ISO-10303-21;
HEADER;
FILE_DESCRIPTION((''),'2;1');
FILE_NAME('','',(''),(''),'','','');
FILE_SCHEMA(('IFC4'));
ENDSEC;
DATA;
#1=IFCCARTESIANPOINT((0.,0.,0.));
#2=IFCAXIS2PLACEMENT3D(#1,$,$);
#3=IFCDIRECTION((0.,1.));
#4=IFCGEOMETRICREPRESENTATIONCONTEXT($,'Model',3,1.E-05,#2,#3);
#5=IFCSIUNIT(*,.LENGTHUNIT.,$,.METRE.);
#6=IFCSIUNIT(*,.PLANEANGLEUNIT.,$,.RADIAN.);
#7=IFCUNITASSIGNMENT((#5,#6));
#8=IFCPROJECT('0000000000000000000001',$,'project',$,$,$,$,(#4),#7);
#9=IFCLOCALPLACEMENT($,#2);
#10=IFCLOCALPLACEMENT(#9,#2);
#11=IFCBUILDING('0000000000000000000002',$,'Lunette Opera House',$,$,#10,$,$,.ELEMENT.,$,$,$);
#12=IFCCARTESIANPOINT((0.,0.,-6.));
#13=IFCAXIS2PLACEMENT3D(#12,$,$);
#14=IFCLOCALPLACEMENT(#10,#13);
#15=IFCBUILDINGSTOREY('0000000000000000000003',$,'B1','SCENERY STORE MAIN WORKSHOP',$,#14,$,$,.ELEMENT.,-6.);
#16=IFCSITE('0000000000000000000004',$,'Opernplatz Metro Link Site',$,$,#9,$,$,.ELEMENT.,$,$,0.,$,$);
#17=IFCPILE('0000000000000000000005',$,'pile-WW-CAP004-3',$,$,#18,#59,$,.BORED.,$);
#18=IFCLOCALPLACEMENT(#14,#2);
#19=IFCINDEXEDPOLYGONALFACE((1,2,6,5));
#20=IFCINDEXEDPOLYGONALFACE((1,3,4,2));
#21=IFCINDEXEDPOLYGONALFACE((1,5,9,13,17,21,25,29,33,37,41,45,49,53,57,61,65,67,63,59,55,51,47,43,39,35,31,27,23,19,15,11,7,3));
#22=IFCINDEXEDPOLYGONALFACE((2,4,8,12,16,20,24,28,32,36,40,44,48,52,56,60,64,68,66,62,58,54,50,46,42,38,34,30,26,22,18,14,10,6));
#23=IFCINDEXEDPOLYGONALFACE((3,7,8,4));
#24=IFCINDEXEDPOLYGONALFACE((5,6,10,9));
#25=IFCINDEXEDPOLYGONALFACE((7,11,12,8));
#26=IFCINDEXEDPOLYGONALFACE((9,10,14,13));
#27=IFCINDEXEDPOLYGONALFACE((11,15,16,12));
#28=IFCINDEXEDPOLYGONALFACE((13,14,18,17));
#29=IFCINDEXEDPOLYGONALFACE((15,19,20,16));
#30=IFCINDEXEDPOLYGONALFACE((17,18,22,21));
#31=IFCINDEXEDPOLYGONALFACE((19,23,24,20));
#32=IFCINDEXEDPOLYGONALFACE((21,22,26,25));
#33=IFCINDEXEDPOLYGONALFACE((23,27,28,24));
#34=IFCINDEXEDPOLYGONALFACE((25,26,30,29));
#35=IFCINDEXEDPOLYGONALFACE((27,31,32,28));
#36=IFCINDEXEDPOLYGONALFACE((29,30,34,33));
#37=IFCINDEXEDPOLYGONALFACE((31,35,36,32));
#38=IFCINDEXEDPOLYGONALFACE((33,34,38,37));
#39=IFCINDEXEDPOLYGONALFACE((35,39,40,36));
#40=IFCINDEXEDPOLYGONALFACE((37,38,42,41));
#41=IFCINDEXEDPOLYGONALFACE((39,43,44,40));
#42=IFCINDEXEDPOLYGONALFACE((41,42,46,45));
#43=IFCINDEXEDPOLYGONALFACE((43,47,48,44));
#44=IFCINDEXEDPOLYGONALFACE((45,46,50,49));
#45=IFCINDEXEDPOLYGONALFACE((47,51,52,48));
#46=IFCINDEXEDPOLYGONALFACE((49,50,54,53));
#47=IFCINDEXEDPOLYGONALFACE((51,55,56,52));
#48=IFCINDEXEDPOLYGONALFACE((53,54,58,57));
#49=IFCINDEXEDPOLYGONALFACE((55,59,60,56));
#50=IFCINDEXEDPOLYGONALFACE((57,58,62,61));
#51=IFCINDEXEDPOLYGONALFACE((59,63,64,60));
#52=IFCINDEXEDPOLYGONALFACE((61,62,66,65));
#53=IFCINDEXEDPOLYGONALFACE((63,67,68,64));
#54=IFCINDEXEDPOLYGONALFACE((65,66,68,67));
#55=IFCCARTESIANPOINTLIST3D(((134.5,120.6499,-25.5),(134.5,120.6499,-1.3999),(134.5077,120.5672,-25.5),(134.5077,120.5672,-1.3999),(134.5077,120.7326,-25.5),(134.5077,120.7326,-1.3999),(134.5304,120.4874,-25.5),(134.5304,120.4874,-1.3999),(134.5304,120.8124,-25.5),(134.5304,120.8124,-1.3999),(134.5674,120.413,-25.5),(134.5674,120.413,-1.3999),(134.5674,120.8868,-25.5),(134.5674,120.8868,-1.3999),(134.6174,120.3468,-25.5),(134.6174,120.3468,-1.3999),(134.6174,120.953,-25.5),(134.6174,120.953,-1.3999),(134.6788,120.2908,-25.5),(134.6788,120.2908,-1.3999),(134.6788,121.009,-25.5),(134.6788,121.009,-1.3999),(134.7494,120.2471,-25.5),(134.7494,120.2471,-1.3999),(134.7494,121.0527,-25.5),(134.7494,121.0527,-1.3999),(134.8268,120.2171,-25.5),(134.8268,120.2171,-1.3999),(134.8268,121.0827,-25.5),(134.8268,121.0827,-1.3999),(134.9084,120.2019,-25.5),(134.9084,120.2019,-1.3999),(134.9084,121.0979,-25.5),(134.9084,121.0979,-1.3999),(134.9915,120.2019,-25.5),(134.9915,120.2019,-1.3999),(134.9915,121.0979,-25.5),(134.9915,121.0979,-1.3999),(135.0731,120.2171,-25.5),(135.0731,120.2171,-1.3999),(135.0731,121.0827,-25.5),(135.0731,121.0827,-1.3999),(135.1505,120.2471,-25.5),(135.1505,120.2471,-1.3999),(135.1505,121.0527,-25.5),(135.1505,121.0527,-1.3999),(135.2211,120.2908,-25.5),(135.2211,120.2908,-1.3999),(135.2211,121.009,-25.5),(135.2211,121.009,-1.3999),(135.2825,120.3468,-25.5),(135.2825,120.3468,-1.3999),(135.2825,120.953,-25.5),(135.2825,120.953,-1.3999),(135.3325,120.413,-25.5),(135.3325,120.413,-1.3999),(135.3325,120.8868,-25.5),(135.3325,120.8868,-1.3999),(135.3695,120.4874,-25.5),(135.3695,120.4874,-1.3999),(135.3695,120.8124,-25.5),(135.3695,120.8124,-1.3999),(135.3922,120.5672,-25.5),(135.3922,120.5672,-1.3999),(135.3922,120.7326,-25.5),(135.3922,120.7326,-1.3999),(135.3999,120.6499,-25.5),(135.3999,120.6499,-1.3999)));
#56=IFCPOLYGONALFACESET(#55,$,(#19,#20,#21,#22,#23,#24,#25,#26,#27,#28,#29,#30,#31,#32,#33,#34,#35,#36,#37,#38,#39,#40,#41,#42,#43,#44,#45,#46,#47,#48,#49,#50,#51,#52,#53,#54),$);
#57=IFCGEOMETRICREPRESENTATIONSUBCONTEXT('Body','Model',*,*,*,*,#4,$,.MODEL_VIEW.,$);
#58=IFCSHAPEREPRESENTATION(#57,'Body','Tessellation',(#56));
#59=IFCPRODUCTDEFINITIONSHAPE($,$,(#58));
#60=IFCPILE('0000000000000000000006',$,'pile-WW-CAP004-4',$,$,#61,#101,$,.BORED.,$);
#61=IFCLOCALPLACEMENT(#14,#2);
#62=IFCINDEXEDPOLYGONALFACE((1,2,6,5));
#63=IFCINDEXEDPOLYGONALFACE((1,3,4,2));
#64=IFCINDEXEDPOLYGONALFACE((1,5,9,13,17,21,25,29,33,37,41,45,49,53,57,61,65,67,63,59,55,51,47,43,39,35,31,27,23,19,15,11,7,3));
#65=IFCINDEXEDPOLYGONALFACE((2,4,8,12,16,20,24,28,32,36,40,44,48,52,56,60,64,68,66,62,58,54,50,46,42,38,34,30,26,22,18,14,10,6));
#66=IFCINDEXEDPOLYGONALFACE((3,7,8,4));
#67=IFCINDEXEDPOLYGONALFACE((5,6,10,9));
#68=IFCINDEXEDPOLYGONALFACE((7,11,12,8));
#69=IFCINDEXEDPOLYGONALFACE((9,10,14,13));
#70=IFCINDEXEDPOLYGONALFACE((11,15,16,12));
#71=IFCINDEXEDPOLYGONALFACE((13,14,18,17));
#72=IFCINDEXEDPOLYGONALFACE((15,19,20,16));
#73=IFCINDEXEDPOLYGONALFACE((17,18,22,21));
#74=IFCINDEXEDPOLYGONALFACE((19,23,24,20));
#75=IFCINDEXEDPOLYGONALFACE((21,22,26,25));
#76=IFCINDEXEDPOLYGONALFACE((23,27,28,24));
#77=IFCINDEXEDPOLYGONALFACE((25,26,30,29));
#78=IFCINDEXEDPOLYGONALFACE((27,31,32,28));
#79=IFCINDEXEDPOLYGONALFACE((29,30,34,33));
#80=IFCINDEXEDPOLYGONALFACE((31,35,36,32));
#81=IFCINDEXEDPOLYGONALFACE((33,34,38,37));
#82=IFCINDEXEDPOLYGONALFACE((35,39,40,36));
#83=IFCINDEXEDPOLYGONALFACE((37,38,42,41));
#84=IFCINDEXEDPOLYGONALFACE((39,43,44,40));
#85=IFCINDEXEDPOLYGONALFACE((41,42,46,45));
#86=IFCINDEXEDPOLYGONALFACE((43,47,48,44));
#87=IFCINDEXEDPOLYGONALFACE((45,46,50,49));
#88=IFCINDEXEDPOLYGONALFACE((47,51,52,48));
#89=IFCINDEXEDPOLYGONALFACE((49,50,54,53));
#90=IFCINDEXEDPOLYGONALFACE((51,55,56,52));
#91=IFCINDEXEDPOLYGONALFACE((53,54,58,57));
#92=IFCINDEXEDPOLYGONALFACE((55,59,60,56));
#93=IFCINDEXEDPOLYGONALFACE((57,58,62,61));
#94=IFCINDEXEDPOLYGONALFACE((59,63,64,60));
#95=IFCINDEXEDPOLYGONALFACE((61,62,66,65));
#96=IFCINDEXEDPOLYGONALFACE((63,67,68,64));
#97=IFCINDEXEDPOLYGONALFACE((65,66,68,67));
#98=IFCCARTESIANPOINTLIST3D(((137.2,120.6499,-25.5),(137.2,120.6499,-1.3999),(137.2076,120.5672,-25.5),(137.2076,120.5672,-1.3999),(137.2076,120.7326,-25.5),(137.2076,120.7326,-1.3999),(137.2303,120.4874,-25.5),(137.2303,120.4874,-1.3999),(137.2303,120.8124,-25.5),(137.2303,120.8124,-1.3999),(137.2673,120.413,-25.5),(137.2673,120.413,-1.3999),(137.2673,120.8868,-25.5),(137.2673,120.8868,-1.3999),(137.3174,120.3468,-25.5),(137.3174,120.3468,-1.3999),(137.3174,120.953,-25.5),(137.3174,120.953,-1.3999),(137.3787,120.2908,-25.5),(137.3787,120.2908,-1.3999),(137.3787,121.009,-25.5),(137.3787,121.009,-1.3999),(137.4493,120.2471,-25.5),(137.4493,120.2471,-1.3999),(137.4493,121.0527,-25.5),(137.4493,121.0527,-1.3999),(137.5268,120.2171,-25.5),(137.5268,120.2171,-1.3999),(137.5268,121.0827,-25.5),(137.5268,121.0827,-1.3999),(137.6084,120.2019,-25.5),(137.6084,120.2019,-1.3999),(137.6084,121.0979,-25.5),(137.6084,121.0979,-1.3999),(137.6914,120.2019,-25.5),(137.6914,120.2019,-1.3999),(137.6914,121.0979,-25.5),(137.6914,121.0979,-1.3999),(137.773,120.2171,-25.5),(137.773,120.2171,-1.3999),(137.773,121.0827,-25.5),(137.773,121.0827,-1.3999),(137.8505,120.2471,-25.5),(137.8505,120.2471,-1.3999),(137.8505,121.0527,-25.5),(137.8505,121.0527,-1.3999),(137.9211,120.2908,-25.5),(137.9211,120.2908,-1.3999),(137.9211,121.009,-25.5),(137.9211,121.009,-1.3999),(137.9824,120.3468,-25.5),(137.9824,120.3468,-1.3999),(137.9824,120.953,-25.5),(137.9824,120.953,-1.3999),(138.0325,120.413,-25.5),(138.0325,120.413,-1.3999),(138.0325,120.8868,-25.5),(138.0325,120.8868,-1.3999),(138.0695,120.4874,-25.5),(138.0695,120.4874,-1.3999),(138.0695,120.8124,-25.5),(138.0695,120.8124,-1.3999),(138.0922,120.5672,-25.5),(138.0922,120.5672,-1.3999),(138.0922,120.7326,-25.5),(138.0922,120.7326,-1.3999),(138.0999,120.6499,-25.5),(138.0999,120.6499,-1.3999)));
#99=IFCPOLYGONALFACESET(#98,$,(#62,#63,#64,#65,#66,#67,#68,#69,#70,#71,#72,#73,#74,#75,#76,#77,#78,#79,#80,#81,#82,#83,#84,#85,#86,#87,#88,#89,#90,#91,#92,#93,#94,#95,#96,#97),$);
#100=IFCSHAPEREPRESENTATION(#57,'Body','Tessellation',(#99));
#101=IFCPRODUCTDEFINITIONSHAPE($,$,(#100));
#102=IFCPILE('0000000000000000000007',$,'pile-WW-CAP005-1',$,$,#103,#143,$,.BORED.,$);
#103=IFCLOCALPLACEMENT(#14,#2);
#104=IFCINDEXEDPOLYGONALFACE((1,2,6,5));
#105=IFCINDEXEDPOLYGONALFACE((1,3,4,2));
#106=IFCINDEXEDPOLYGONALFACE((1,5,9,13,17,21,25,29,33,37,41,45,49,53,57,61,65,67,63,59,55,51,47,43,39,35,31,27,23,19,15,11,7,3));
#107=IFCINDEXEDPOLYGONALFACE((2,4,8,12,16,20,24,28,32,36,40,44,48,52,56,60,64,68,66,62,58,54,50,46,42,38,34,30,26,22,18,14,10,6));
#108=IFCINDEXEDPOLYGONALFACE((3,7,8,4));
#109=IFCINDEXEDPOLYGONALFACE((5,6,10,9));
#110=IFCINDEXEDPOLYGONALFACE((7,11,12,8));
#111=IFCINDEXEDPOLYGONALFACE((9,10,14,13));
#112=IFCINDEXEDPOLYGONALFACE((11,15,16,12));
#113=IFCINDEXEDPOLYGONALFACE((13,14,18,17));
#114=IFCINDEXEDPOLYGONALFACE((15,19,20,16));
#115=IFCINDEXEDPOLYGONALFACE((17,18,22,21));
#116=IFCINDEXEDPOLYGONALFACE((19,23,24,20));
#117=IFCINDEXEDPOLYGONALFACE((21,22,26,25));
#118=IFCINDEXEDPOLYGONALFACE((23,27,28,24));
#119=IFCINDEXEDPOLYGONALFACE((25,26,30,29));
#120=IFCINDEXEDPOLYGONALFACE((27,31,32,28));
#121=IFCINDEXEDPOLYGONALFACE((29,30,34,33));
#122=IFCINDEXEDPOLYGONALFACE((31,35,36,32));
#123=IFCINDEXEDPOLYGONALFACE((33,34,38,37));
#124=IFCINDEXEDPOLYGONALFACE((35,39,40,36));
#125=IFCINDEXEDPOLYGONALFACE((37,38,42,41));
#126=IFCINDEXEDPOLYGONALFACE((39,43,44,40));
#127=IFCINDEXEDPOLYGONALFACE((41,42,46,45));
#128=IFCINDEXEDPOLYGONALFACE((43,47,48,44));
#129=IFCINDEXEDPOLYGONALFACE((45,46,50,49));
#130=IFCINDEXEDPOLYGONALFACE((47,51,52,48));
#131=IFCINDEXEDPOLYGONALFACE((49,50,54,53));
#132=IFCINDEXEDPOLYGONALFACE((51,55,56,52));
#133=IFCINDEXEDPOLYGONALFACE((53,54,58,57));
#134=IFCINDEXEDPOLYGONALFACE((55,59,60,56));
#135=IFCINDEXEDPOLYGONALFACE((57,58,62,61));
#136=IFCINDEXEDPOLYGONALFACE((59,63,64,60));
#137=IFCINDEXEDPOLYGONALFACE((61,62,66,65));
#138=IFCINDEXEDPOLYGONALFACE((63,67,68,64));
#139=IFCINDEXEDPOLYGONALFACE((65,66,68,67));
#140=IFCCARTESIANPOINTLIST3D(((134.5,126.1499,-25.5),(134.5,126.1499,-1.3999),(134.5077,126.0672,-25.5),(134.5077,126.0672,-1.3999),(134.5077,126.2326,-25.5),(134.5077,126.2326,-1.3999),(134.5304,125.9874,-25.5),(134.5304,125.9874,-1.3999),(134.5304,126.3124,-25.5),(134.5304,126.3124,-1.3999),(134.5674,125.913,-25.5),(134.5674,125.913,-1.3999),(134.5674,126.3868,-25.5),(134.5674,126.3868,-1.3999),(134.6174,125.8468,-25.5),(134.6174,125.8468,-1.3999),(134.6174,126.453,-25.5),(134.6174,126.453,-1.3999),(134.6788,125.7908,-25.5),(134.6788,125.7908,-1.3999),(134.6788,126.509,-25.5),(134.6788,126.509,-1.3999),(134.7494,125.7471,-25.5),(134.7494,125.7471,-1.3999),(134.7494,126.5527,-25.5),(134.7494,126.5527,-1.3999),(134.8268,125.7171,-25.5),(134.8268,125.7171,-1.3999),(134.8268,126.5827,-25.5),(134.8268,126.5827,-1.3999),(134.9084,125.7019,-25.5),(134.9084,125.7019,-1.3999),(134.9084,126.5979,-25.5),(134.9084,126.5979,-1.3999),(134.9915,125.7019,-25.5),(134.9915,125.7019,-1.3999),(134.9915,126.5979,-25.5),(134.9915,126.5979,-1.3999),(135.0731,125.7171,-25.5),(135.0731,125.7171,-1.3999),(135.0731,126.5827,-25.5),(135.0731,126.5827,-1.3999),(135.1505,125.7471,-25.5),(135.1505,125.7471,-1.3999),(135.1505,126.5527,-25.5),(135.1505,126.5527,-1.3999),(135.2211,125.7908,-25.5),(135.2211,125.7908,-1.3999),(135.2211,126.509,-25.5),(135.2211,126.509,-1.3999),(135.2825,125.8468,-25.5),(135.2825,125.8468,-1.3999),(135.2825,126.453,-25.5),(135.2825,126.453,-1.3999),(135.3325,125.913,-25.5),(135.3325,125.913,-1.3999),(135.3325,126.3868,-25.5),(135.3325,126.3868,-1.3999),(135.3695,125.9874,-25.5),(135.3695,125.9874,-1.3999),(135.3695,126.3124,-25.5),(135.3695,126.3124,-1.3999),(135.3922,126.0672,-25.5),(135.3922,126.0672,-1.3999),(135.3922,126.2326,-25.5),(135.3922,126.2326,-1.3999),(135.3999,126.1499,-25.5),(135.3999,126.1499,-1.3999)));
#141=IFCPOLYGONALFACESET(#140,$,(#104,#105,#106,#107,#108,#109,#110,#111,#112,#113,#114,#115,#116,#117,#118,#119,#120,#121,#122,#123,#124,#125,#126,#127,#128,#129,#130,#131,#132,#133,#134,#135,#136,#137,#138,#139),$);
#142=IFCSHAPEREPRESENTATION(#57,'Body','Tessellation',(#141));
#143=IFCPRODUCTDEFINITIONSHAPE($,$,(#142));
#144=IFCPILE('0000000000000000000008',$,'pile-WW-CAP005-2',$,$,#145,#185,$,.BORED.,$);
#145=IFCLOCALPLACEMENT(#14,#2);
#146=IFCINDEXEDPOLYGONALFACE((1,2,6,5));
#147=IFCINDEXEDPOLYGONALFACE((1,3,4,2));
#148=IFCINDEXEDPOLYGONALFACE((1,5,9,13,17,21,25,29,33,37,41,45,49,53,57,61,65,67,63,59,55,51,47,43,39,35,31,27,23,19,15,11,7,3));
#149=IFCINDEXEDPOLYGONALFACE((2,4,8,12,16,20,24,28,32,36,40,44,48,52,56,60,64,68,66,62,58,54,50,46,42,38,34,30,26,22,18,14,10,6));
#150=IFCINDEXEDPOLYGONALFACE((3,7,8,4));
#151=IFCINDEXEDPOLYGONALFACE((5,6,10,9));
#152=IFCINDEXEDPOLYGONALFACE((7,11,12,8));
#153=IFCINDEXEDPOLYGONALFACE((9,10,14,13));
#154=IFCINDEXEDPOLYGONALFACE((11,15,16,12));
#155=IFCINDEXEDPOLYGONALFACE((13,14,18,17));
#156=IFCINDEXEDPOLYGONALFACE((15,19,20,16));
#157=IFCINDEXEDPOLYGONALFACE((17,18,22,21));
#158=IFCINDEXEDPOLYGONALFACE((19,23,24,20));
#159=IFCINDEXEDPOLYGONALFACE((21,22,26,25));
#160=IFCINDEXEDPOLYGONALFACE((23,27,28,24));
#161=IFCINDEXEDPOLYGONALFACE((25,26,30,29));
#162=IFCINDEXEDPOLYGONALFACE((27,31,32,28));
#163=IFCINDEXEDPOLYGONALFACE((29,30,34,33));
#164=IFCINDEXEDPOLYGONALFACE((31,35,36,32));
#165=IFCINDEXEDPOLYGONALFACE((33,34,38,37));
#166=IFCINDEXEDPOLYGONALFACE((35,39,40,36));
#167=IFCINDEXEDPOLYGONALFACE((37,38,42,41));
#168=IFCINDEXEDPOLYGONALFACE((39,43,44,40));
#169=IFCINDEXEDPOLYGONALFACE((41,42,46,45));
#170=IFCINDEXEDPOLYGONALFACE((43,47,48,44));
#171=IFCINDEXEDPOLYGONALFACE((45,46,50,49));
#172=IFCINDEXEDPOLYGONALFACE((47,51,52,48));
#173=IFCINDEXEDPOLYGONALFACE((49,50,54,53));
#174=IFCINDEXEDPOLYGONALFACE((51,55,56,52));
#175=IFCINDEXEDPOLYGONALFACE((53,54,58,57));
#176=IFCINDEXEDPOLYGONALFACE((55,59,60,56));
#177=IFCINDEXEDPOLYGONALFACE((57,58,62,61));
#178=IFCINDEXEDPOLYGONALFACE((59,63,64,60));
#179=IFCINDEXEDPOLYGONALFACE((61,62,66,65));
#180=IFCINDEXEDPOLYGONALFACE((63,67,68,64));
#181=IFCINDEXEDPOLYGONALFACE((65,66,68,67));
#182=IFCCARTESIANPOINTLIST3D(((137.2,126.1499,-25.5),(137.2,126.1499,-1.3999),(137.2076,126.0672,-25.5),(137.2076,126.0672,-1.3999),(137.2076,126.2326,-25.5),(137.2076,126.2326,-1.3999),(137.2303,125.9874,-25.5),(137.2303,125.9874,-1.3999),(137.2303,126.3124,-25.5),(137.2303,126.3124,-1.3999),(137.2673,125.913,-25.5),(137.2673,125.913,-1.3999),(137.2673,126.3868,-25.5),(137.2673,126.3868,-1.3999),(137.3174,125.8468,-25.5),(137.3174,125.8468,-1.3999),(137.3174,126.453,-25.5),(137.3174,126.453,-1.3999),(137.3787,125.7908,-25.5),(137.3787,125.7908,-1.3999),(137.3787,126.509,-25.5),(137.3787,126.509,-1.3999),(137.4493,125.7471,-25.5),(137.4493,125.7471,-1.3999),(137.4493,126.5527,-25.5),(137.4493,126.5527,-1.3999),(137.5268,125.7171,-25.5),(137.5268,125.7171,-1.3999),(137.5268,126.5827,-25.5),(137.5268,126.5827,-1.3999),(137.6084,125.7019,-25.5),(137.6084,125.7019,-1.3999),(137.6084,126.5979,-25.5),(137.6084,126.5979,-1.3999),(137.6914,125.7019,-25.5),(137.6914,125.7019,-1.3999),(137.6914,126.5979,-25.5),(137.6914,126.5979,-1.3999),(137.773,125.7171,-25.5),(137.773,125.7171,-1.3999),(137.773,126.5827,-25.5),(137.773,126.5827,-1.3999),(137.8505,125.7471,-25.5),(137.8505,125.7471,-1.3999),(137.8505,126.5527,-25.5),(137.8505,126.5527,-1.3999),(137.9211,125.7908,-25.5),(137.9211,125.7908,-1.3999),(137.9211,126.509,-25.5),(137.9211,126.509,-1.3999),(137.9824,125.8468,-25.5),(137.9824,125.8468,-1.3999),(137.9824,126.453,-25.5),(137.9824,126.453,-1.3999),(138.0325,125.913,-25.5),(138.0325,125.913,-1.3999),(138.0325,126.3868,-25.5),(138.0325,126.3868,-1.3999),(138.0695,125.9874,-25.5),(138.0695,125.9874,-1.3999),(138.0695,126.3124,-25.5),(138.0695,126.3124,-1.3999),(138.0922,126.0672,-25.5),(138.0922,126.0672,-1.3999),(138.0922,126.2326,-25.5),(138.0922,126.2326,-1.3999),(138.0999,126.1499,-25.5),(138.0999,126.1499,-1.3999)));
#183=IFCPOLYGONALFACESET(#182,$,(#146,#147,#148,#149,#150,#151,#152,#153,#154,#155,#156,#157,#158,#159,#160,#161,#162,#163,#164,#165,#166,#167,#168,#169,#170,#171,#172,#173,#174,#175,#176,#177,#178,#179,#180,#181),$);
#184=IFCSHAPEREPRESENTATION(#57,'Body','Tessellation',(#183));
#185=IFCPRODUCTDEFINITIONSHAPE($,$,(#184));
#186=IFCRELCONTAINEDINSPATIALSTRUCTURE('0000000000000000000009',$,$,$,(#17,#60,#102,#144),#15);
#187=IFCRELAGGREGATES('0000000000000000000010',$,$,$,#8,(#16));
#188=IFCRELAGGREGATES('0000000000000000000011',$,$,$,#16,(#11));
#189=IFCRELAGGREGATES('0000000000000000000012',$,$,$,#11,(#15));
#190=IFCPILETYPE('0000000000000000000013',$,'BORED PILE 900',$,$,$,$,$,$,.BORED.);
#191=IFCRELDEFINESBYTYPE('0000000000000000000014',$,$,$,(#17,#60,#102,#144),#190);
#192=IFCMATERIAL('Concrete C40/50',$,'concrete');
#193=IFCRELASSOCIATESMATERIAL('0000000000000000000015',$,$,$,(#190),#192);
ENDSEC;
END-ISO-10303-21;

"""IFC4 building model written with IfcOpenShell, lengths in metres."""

from ifc_helpers import new_model, si_unit, direction, frame, origin, origin_2d, place, context, subcontext, project, spatial, circle, extrude, material, material_profile, profile_set, type_object, element, save


model = new_model("IFC4")

# Units and contexts
model_context = context("Model", 3, precision=1e-05, world=origin(), true_north=direction((0.0, 1.0)))
body_context = subcontext(model_context, "Body", "Model", "MODEL_VIEW")
ifc_project = project(units=[si_unit("LENGTHUNIT", "METRE"), si_unit("PLANEANGLEUNIT", "RADIAN")], contexts=[model_context])

# Site, building, storey
site_placement = place(None, origin())
site = spatial("IfcSite", under=ifc_project, at=site_placement, Name="Opernplatz Metro Link Site", CompositionType="ELEMENT", RefElevation=0.0)
building_placement = place(site_placement, origin())
building = spatial("IfcBuilding", under=site, at=building_placement, Name="Lunette Opera House", CompositionType="ELEMENT")
storey_placement = place(building_placement, frame((0.0, 0.0, -6.0)))
storey = spatial("IfcBuildingStorey", under=building, at=storey_placement, Name="B1", Description="SCENERY STORE MAIN WORKSHOP", CompositionType="ELEMENT", Elevation=-6.0)

# Piles
ifc_material_1 = material(Name="Concrete C40/50", Category="concrete")
ifc_material_profile_1 = material_profile(ifc_material_1, circle(Radius=0.45, at=origin_2d()), Name="BORED PILE 900")
ifc_profile_set_1 = profile_set([ifc_material_profile_1], Name="Concrete C40/50")
pile_type_1 = type_object("IfcPileType", Name="BORED PILE 900", PredefinedType="BORED", material=ifc_profile_set_1)
for number, where, z_axis, x_axis, name in (
    (1, (134.95, 120.6499, -1.3999), (0.0, 0.0, -1.0), (1.0, 0.0, 0.0), "pile-WW-CAP004-3"),
    (2, (137.6499, 120.6499, -1.3999), (0.0, 0.0, -1.0), (1.0, 0.0, 0.0), "pile-WW-CAP004-4"),
    (3, (134.95, 126.1499, -1.3999), (0.0, 0.0, -1.0), (1.0, 0.0, 0.0), "pile-WW-CAP005-1"),
    (4, (137.6499, 126.1499, -1.3999), (0.0, 0.0, -1.0), (1.0, 0.0, 0.0), "pile-WW-CAP005-2"),
):
    element("IfcPile", number, at=place(storey_placement, frame(where, z_axis=z_axis, x_axis=x_axis)), inside=storey, type_object=pile_type_1, Name=name, PredefinedType="BORED", context=body_context, shape_type="SweptSolid", body=[
        extrude(circle(Radius=0.45, at=origin_2d()), origin(), (0.0, 0.0, 1.0), 24.1001),
    ])

save(model, "model.ifc")
